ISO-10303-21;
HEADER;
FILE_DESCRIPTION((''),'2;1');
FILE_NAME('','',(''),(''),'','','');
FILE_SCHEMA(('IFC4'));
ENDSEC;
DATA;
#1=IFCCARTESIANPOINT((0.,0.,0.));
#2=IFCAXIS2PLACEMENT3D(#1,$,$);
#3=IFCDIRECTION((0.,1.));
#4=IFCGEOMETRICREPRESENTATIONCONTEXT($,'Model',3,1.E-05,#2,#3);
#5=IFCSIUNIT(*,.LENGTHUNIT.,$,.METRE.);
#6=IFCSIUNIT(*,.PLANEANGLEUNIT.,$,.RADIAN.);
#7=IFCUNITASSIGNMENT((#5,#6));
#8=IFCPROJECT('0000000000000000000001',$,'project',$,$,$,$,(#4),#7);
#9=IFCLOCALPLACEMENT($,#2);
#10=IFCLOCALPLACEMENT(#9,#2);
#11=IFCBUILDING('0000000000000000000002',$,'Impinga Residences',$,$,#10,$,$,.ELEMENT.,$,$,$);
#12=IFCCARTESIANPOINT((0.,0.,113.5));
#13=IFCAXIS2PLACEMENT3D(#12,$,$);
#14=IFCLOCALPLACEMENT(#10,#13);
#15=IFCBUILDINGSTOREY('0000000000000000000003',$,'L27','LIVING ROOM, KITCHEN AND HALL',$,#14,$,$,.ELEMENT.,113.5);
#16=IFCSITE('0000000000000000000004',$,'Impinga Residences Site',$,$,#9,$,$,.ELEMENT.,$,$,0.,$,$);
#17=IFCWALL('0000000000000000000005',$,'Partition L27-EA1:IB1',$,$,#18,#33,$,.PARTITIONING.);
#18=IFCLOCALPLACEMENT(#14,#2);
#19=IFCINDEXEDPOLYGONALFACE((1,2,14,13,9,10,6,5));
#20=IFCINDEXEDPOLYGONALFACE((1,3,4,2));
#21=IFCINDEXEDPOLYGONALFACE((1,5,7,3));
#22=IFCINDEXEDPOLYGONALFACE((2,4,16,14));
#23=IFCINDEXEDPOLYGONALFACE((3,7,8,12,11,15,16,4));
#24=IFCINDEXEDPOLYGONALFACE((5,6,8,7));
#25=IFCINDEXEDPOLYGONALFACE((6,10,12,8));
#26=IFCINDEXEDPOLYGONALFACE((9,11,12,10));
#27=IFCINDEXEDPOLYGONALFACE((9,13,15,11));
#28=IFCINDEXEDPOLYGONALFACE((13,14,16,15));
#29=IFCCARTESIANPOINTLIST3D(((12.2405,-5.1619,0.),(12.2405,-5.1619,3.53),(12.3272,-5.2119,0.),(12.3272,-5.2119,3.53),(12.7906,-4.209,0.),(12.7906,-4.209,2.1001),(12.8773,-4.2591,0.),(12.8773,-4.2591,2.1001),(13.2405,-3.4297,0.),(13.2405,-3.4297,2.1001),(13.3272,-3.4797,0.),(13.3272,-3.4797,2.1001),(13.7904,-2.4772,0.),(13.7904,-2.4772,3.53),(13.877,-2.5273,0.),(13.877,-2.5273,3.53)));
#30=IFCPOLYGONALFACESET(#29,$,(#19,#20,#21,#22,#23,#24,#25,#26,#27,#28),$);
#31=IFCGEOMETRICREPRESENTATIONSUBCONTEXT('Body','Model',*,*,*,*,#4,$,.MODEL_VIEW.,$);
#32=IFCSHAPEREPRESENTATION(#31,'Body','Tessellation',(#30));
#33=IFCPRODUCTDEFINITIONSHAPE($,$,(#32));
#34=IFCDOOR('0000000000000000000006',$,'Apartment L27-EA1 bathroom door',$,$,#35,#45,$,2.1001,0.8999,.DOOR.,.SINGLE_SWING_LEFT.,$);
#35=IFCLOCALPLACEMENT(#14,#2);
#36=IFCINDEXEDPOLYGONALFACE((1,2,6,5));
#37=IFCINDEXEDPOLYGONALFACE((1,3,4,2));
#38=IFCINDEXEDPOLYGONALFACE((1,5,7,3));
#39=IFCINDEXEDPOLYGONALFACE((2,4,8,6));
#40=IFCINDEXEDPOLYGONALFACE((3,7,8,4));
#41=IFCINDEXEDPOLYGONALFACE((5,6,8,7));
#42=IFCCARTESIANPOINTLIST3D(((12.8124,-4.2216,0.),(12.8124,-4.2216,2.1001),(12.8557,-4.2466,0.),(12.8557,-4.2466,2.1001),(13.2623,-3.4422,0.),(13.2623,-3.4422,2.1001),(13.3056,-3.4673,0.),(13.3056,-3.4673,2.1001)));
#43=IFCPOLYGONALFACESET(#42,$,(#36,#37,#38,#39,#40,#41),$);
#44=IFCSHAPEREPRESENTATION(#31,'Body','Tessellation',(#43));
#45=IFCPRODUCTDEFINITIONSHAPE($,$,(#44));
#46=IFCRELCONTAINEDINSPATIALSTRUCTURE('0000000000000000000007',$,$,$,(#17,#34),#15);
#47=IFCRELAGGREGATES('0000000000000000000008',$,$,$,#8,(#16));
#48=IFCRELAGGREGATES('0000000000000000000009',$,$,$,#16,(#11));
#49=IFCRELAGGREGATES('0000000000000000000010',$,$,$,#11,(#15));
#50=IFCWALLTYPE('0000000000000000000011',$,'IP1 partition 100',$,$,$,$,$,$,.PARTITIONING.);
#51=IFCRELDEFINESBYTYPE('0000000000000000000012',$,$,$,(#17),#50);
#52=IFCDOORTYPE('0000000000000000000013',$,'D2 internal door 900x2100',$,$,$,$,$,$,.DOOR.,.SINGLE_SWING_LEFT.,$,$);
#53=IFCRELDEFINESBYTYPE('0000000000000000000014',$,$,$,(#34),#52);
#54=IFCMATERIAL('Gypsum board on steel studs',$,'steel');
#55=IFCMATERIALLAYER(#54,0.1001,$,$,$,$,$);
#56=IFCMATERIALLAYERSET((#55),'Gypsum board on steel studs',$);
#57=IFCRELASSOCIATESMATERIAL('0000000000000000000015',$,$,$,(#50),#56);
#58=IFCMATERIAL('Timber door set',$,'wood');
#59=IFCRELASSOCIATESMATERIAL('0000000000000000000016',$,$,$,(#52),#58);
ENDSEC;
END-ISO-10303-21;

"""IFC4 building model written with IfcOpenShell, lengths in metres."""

from ifc_helpers import new_model, si_unit, direction, frame, frame_2d, origin, place, context, subcontext, project, spatial, rectangle, extrude, material, layer, layer_set, type_object, element, fill, save


model = new_model("IFC4")

# Units and contexts
model_context = context("Model", 3, precision=1e-05, world=origin(), true_north=direction((0.0, 1.0)))
body_context = subcontext(model_context, "Body", "Model", "MODEL_VIEW")
ifc_project = project(units=[si_unit("LENGTHUNIT", "METRE"), si_unit("PLANEANGLEUNIT", "RADIAN")], contexts=[model_context])

# Site, building, storey
site_placement = place(None, origin())
site = spatial("IfcSite", under=ifc_project, at=site_placement, Name="Impinga Residences Site", CompositionType="ELEMENT", RefElevation=0.0)
building_placement = place(site_placement, origin())
building = spatial("IfcBuilding", under=site, at=building_placement, Name="Impinga Residences", CompositionType="ELEMENT")
storey_placement = place(building_placement, frame((0.0, 0.0, 113.5)))
storey = spatial("IfcBuildingStorey", under=building, at=storey_placement, Name="L27", Description="LIVING ROOM, KITCHEN AND HALL", CompositionType="ELEMENT", Elevation=113.5)

# Shared definitions
ifc_material_1 = material(Name="Timber door set", Category="wood")

# Shared definitions
ifc_material_2 = material(Name="Gypsum board on steel studs", Category="steel")
ifc_layer_1 = layer(ifc_material_2, 0.1001)
ifc_layer_set_1 = layer_set([ifc_layer_1], Name="Gypsum board on steel studs")
wall_type_1 = type_object("IfcWallType", Name="IP1 partition 100", PredefinedType="PARTITIONING", material=ifc_layer_set_1)

# Shared definitions
door_type_1 = type_object("IfcDoorType", Name="D2 internal door 900x2100", OperationType="SINGLE_SWING_LEFT", PredefinedType="DOOR", material=ifc_material_1)

# Wall, opening, door
wall_1_placement = place(storey_placement, frame((12.2839, -5.1868, 0.0), z_axis=(0.0, 0.0, 1.0), x_axis=(0.499968, 0.866044, 0.0)))
wall_1 = element("IfcWall", 1, at=wall_1_placement, inside=storey, type_object=wall_type_1, Name="Partition L27-EA1:IB1", PredefinedType="PARTITIONING", context=body_context, shape_type="SweptSolid", body=[
    extrude(rectangle(XDim=3.0999, YDim=0.1001, at=frame_2d((1.5498, 0.0))), origin(), (0.0, 0.0, 1.0), 3.53),
])
opening_1_placement = place(wall_1_placement, frame((1.1001, 0.0, 0.0)))
opening_1 = element("IfcOpeningElement", 2, at=opening_1_placement, cuts=wall_1, PredefinedType="OPENING", context=body_context, shape_type="SweptSolid", body=[
    extrude(rectangle(XDim=0.8999, YDim=2.1001, at=frame_2d((0.45, 1.05))), frame((0.0, 0.0601, 0.0), z_axis=(0.0, -1.0, 0.0), x_axis=(1.0, 0.0, 0.0)), (0.0, 0.0, 1.0), 0.1201),
])
door_1_placement = place(opening_1_placement, origin())
door_1 = element("IfcDoor", 3, at=door_1_placement, inside=storey, type_object=door_type_1, Name="Apartment L27-EA1 bathroom door", OperationType="SINGLE_SWING_LEFT", OverallHeight=2.1001, OverallWidth=0.8999, PredefinedType="DOOR", context=body_context, shape_type="SweptSolid", body=[
    extrude(rectangle(XDim=0.8999, YDim=2.1001, at=frame_2d((0.45, 1.05))), frame((0.0, 0.0249, 0.0), z_axis=(0.0, -1.0, 0.0), x_axis=(1.0, 0.0, 0.0)), (0.0, 0.0, 1.0), 0.05),
])
fill(opening_1, door_1)

save(model, "model.ifc")
